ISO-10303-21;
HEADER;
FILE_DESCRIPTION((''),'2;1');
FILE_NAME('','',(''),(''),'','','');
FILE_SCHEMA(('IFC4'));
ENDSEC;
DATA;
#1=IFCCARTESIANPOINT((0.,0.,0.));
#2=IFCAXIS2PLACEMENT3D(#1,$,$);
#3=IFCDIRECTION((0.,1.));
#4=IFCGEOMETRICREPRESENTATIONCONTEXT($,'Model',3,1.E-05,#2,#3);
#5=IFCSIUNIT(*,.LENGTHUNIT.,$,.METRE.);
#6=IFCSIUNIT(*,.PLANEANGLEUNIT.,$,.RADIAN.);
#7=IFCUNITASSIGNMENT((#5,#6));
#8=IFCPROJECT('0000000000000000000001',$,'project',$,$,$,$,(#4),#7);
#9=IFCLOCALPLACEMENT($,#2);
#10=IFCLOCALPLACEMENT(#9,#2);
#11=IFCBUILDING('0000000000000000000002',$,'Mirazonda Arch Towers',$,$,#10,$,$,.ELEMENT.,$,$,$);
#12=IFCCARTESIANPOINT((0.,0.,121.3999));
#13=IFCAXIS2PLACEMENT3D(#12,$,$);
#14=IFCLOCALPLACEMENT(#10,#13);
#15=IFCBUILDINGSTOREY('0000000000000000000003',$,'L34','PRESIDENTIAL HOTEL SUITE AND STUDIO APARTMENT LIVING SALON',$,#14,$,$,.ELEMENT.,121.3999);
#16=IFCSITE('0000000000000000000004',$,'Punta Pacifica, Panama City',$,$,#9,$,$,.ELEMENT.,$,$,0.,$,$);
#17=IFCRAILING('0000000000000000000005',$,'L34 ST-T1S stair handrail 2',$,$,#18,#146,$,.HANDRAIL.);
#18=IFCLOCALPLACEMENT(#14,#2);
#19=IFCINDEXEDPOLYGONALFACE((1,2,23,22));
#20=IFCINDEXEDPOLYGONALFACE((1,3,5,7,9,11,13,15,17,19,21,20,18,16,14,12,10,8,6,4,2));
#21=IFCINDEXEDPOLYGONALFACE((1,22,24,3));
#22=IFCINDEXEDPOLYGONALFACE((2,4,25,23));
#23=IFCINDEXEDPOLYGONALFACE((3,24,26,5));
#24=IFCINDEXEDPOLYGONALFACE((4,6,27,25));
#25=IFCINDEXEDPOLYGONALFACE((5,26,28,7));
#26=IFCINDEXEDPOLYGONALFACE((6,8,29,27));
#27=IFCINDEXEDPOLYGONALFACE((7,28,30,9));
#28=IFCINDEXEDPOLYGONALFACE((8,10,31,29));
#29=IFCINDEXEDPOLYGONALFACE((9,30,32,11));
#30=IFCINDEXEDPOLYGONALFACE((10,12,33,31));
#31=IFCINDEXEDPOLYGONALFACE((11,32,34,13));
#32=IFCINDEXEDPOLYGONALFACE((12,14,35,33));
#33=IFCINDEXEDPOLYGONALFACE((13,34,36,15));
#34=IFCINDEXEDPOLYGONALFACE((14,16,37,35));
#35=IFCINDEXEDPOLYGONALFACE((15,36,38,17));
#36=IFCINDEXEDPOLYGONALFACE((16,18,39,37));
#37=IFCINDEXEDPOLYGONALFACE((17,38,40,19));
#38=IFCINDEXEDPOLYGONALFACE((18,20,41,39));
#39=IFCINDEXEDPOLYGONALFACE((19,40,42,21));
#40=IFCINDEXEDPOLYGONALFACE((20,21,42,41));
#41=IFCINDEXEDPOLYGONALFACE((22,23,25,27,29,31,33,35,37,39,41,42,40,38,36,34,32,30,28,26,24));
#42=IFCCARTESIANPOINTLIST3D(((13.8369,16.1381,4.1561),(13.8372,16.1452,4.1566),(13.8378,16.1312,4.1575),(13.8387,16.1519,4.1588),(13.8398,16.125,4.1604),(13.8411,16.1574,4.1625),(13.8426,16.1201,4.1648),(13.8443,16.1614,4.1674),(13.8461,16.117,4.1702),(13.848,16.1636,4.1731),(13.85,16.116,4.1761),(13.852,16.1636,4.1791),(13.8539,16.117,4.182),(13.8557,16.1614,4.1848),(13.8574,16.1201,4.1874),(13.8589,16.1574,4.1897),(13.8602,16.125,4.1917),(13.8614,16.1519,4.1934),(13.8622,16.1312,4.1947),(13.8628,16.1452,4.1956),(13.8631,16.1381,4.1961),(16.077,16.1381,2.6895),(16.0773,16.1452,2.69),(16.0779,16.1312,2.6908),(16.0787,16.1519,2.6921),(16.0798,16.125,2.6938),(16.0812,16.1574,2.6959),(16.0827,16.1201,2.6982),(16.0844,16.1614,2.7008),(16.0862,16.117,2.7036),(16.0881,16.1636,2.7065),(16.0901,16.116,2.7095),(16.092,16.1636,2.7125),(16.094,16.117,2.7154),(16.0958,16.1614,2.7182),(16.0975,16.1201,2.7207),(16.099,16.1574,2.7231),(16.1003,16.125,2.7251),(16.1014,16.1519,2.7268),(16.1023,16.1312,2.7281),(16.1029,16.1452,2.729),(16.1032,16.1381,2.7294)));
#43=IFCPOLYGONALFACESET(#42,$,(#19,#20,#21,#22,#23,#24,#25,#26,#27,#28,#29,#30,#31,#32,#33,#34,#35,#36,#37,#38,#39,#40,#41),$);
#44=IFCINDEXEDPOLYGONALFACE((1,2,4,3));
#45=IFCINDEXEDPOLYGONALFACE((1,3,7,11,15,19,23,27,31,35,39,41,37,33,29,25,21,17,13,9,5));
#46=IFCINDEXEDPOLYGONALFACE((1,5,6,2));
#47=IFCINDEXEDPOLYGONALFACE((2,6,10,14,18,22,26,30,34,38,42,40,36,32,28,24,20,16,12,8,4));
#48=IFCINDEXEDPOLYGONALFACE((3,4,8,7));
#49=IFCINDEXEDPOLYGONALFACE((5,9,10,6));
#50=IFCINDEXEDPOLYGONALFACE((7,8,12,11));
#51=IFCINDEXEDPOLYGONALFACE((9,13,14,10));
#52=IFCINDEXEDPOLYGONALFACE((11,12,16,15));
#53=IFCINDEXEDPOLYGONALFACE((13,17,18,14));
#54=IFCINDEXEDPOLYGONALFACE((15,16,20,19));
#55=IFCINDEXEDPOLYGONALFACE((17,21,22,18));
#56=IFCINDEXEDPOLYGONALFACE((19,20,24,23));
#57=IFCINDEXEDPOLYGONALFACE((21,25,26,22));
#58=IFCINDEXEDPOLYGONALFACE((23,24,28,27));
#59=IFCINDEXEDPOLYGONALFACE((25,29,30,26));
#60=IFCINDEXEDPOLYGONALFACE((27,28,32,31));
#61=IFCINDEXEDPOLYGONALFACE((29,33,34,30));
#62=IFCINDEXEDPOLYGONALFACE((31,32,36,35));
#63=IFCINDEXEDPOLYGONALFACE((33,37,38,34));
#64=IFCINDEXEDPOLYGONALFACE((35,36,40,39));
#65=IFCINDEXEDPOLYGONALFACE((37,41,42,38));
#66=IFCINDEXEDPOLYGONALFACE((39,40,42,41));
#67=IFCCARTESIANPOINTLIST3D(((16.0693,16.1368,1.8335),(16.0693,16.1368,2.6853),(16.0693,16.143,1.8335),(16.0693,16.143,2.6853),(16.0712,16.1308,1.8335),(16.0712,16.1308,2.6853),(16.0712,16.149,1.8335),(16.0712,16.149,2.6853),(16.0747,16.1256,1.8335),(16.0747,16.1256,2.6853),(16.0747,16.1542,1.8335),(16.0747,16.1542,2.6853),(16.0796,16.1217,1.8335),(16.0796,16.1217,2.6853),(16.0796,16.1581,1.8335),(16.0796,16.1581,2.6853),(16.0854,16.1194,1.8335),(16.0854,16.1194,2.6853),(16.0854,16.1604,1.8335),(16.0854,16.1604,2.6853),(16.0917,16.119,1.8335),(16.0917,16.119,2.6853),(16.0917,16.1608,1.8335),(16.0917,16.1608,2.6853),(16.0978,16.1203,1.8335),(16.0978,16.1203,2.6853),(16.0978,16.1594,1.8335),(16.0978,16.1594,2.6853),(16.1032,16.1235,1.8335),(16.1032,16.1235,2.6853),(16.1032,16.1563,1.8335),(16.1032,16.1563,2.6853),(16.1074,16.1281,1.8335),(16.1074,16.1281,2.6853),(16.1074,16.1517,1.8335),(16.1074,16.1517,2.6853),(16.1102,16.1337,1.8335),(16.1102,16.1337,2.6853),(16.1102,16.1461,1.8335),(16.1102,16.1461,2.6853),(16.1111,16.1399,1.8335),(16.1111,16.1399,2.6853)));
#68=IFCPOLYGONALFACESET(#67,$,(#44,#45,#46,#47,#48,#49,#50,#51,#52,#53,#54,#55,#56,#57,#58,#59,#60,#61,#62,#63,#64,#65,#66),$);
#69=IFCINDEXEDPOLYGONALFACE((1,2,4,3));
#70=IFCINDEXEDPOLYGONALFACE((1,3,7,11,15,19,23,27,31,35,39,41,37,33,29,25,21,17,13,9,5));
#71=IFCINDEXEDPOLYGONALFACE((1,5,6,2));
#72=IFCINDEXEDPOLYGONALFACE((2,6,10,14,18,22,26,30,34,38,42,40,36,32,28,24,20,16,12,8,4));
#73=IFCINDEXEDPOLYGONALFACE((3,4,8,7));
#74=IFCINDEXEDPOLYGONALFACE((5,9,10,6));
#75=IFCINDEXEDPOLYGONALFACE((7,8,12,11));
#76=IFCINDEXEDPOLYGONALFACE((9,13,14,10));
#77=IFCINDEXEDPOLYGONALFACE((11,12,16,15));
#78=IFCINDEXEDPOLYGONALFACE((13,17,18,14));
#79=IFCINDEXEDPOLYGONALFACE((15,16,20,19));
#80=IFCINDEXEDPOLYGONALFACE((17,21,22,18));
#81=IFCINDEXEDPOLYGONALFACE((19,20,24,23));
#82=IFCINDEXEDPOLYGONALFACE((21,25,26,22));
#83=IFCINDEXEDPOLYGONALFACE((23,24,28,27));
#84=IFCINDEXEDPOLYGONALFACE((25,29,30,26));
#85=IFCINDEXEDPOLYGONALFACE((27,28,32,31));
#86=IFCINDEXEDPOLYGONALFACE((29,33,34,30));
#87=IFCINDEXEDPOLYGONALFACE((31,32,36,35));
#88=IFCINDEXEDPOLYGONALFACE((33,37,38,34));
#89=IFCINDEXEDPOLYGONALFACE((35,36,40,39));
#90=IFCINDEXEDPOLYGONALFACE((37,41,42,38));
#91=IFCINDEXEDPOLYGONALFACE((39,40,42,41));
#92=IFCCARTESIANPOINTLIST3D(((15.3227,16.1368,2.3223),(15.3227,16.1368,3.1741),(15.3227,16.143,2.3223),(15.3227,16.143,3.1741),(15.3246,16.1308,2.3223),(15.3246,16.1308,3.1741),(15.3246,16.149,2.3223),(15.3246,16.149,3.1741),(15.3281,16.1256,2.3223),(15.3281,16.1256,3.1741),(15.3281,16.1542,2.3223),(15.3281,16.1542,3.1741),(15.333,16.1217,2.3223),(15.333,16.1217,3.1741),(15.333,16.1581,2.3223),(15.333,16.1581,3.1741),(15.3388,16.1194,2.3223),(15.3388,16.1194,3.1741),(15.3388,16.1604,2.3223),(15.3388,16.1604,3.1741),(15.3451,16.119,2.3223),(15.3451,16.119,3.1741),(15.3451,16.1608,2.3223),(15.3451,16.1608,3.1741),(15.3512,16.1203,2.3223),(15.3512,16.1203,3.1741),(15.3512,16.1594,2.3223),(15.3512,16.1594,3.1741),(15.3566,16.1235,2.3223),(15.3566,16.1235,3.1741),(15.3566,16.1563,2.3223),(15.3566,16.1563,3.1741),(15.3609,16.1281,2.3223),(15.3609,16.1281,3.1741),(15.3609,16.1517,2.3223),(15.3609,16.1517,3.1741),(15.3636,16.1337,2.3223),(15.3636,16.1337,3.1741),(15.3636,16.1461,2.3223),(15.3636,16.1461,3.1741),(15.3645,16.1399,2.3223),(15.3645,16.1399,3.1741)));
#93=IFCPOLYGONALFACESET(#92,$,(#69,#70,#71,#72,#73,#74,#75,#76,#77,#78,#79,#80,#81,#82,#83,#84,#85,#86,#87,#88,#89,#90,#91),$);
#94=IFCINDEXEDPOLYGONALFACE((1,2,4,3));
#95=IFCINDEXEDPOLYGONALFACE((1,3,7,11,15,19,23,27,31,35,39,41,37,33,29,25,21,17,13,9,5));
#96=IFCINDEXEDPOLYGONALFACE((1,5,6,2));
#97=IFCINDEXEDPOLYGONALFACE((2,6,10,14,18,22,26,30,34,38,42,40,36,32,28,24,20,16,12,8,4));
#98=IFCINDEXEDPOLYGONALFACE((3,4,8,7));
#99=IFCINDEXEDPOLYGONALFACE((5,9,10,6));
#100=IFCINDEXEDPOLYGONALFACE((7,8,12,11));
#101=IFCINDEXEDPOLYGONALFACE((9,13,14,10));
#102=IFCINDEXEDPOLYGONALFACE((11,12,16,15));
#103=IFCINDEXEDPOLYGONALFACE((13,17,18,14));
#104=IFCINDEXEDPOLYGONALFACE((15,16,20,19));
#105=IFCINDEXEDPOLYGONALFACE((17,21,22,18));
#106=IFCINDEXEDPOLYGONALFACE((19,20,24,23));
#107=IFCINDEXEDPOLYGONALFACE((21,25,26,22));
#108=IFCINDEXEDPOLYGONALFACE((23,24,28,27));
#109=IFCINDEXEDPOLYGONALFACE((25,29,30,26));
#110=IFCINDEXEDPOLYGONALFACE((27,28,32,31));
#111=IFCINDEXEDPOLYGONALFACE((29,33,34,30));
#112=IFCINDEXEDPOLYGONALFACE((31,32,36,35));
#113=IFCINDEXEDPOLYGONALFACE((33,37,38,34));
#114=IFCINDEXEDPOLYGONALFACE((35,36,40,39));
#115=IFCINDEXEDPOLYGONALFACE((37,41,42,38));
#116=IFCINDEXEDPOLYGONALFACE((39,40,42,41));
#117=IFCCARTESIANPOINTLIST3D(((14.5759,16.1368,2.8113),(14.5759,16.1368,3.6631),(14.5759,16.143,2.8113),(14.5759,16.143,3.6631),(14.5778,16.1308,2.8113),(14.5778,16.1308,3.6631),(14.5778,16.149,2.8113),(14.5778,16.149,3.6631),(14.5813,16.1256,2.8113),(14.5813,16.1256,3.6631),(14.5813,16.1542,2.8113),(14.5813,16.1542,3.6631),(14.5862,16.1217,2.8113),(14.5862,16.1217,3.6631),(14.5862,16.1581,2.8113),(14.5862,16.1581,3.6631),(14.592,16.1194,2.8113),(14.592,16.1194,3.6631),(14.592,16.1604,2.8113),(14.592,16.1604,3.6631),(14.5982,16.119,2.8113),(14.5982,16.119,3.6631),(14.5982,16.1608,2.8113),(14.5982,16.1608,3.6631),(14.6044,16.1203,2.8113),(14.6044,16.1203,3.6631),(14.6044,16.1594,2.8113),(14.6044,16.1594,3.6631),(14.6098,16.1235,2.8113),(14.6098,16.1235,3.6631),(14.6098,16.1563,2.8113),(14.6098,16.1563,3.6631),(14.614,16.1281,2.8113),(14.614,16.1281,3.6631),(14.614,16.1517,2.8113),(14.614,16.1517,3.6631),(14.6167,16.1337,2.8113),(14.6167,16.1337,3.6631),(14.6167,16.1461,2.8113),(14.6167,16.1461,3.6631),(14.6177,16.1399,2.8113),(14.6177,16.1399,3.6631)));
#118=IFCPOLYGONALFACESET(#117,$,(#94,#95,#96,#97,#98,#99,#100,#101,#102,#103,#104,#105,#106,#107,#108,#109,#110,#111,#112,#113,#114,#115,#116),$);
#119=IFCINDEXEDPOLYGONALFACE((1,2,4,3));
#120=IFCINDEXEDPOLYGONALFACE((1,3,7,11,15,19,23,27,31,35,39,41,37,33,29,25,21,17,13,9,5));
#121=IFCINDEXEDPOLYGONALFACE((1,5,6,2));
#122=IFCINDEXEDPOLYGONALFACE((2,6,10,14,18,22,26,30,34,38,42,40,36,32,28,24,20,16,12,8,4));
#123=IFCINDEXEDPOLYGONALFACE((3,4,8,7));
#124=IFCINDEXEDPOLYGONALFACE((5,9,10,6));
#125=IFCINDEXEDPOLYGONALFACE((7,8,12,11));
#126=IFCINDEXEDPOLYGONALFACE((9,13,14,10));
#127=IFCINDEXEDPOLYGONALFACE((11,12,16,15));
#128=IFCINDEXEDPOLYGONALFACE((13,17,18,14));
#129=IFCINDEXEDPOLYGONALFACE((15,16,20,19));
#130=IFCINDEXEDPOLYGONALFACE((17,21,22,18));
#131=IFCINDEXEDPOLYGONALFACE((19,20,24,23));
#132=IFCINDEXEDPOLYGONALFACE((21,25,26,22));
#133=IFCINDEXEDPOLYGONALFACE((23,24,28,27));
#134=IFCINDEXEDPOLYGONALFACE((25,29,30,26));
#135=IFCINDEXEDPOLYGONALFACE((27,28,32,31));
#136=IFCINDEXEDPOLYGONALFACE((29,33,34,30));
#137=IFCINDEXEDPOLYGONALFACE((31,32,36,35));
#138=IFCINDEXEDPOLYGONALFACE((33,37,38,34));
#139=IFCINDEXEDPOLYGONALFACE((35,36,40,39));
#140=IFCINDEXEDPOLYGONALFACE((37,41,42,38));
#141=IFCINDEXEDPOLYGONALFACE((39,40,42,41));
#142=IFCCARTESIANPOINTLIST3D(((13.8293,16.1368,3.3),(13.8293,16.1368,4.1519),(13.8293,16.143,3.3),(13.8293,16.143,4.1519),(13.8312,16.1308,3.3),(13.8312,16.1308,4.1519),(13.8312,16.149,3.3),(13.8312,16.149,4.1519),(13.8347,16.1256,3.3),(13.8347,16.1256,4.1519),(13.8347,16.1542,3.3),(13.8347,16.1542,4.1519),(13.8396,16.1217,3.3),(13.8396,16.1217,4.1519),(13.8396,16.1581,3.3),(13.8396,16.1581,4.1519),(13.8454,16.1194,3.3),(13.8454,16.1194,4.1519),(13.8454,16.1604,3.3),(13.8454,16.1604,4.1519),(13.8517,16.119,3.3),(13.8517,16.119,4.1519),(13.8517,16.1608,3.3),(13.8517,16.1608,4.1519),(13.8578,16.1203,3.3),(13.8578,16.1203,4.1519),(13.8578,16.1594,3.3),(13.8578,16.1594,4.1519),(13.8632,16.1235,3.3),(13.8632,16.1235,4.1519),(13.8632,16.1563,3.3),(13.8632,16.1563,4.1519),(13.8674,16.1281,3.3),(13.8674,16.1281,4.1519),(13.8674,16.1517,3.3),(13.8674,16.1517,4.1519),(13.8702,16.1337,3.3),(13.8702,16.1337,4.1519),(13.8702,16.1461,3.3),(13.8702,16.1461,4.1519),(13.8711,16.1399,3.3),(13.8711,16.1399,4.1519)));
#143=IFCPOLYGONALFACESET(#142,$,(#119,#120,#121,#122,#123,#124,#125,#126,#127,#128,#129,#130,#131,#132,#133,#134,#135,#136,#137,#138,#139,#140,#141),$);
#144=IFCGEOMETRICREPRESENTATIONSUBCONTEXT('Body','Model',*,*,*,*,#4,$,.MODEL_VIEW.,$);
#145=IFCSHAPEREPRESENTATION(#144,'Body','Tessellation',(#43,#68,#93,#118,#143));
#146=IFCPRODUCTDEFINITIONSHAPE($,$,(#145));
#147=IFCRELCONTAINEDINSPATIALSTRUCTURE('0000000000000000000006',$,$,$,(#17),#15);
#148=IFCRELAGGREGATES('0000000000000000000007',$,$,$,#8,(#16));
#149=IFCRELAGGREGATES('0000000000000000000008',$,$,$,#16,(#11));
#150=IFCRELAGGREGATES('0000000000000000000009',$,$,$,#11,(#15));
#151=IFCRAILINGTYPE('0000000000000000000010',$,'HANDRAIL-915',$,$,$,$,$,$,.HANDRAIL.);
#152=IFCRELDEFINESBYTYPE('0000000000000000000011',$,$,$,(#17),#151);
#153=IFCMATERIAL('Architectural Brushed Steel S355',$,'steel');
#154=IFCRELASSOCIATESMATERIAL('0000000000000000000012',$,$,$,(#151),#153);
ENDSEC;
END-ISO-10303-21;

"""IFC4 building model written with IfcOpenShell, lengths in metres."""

from ifc_helpers import new_model, si_unit, direction, frame, origin, origin_2d, place, context, subcontext, project, spatial, circle, extrude, material, type_object, element, save


model = new_model("IFC4")

# Units and contexts
model_context = context("Model", 3, precision=1e-05, world=origin(), true_north=direction((0.0, 1.0)))
body_context = subcontext(model_context, "Body", "Model", "MODEL_VIEW")
ifc_project = project(units=[si_unit("LENGTHUNIT", "METRE"), si_unit("PLANEANGLEUNIT", "RADIAN")], contexts=[model_context])

# Site, building, storey
site_placement = place(None, origin())
site = spatial("IfcSite", under=ifc_project, at=site_placement, Name="Punta Pacifica, Panama City", CompositionType="ELEMENT", RefElevation=0.0)
building_placement = place(site_placement, origin())
building = spatial("IfcBuilding", under=site, at=building_placement, Name="Mirazonda Arch Towers", CompositionType="ELEMENT")
storey_placement = place(building_placement, frame((0.0, 0.0, 121.3999)))
storey = spatial("IfcBuildingStorey", under=building, at=storey_placement, Name="L34", Description="PRESIDENTIAL HOTEL SUITE AND STUDIO APARTMENT LIVING SALON", CompositionType="ELEMENT", Elevation=121.3999)

# Shared definitions
ifc_material_1 = material(Name="Architectural Brushed Steel S355", Category="steel")

# Railing
railing_type_1 = type_object("IfcRailingType", Name="HANDRAIL-915", PredefinedType="HANDRAIL", material=ifc_material_1)
railing_1_placement = place(storey_placement, frame((16.0901, 16.1399, 1.8335)))
element("IfcRailing", 1, at=railing_1_placement, inside=storey, type_object=railing_type_1, Name="L34 ST-T1S stair handrail 2", PredefinedType="HANDRAIL", context=body_context, shape_type="SweptSolid", body=[
    extrude(circle(Radius=0.0239, at=origin_2d()), frame((0.0, 0.0, 0.876), z_axis=(-0.836637, 0.0, 0.547758), x_axis=(0.0, -1.0, 0.0)), (0.0, 0.0, 1.0), 2.6775),
    extrude(circle(Radius=0.021, at=origin_2d()), origin(), (0.0, 0.0, 1.0), 0.8518),
    extrude(circle(Radius=0.021, at=origin_2d()), frame((-0.7466, 0.0, 0.4888)), (0.0, 0.0, 1.0), 0.8518),
    extrude(circle(Radius=0.021, at=origin_2d()), frame((-1.4934, 0.0, 0.9778)), (0.0, 0.0, 1.0), 0.8518),
    extrude(circle(Radius=0.021, at=origin_2d()), frame((-2.24, 0.0, 1.4666)), (0.0, 0.0, 1.0), 0.8518),
])

save(model, "model.ifc")
